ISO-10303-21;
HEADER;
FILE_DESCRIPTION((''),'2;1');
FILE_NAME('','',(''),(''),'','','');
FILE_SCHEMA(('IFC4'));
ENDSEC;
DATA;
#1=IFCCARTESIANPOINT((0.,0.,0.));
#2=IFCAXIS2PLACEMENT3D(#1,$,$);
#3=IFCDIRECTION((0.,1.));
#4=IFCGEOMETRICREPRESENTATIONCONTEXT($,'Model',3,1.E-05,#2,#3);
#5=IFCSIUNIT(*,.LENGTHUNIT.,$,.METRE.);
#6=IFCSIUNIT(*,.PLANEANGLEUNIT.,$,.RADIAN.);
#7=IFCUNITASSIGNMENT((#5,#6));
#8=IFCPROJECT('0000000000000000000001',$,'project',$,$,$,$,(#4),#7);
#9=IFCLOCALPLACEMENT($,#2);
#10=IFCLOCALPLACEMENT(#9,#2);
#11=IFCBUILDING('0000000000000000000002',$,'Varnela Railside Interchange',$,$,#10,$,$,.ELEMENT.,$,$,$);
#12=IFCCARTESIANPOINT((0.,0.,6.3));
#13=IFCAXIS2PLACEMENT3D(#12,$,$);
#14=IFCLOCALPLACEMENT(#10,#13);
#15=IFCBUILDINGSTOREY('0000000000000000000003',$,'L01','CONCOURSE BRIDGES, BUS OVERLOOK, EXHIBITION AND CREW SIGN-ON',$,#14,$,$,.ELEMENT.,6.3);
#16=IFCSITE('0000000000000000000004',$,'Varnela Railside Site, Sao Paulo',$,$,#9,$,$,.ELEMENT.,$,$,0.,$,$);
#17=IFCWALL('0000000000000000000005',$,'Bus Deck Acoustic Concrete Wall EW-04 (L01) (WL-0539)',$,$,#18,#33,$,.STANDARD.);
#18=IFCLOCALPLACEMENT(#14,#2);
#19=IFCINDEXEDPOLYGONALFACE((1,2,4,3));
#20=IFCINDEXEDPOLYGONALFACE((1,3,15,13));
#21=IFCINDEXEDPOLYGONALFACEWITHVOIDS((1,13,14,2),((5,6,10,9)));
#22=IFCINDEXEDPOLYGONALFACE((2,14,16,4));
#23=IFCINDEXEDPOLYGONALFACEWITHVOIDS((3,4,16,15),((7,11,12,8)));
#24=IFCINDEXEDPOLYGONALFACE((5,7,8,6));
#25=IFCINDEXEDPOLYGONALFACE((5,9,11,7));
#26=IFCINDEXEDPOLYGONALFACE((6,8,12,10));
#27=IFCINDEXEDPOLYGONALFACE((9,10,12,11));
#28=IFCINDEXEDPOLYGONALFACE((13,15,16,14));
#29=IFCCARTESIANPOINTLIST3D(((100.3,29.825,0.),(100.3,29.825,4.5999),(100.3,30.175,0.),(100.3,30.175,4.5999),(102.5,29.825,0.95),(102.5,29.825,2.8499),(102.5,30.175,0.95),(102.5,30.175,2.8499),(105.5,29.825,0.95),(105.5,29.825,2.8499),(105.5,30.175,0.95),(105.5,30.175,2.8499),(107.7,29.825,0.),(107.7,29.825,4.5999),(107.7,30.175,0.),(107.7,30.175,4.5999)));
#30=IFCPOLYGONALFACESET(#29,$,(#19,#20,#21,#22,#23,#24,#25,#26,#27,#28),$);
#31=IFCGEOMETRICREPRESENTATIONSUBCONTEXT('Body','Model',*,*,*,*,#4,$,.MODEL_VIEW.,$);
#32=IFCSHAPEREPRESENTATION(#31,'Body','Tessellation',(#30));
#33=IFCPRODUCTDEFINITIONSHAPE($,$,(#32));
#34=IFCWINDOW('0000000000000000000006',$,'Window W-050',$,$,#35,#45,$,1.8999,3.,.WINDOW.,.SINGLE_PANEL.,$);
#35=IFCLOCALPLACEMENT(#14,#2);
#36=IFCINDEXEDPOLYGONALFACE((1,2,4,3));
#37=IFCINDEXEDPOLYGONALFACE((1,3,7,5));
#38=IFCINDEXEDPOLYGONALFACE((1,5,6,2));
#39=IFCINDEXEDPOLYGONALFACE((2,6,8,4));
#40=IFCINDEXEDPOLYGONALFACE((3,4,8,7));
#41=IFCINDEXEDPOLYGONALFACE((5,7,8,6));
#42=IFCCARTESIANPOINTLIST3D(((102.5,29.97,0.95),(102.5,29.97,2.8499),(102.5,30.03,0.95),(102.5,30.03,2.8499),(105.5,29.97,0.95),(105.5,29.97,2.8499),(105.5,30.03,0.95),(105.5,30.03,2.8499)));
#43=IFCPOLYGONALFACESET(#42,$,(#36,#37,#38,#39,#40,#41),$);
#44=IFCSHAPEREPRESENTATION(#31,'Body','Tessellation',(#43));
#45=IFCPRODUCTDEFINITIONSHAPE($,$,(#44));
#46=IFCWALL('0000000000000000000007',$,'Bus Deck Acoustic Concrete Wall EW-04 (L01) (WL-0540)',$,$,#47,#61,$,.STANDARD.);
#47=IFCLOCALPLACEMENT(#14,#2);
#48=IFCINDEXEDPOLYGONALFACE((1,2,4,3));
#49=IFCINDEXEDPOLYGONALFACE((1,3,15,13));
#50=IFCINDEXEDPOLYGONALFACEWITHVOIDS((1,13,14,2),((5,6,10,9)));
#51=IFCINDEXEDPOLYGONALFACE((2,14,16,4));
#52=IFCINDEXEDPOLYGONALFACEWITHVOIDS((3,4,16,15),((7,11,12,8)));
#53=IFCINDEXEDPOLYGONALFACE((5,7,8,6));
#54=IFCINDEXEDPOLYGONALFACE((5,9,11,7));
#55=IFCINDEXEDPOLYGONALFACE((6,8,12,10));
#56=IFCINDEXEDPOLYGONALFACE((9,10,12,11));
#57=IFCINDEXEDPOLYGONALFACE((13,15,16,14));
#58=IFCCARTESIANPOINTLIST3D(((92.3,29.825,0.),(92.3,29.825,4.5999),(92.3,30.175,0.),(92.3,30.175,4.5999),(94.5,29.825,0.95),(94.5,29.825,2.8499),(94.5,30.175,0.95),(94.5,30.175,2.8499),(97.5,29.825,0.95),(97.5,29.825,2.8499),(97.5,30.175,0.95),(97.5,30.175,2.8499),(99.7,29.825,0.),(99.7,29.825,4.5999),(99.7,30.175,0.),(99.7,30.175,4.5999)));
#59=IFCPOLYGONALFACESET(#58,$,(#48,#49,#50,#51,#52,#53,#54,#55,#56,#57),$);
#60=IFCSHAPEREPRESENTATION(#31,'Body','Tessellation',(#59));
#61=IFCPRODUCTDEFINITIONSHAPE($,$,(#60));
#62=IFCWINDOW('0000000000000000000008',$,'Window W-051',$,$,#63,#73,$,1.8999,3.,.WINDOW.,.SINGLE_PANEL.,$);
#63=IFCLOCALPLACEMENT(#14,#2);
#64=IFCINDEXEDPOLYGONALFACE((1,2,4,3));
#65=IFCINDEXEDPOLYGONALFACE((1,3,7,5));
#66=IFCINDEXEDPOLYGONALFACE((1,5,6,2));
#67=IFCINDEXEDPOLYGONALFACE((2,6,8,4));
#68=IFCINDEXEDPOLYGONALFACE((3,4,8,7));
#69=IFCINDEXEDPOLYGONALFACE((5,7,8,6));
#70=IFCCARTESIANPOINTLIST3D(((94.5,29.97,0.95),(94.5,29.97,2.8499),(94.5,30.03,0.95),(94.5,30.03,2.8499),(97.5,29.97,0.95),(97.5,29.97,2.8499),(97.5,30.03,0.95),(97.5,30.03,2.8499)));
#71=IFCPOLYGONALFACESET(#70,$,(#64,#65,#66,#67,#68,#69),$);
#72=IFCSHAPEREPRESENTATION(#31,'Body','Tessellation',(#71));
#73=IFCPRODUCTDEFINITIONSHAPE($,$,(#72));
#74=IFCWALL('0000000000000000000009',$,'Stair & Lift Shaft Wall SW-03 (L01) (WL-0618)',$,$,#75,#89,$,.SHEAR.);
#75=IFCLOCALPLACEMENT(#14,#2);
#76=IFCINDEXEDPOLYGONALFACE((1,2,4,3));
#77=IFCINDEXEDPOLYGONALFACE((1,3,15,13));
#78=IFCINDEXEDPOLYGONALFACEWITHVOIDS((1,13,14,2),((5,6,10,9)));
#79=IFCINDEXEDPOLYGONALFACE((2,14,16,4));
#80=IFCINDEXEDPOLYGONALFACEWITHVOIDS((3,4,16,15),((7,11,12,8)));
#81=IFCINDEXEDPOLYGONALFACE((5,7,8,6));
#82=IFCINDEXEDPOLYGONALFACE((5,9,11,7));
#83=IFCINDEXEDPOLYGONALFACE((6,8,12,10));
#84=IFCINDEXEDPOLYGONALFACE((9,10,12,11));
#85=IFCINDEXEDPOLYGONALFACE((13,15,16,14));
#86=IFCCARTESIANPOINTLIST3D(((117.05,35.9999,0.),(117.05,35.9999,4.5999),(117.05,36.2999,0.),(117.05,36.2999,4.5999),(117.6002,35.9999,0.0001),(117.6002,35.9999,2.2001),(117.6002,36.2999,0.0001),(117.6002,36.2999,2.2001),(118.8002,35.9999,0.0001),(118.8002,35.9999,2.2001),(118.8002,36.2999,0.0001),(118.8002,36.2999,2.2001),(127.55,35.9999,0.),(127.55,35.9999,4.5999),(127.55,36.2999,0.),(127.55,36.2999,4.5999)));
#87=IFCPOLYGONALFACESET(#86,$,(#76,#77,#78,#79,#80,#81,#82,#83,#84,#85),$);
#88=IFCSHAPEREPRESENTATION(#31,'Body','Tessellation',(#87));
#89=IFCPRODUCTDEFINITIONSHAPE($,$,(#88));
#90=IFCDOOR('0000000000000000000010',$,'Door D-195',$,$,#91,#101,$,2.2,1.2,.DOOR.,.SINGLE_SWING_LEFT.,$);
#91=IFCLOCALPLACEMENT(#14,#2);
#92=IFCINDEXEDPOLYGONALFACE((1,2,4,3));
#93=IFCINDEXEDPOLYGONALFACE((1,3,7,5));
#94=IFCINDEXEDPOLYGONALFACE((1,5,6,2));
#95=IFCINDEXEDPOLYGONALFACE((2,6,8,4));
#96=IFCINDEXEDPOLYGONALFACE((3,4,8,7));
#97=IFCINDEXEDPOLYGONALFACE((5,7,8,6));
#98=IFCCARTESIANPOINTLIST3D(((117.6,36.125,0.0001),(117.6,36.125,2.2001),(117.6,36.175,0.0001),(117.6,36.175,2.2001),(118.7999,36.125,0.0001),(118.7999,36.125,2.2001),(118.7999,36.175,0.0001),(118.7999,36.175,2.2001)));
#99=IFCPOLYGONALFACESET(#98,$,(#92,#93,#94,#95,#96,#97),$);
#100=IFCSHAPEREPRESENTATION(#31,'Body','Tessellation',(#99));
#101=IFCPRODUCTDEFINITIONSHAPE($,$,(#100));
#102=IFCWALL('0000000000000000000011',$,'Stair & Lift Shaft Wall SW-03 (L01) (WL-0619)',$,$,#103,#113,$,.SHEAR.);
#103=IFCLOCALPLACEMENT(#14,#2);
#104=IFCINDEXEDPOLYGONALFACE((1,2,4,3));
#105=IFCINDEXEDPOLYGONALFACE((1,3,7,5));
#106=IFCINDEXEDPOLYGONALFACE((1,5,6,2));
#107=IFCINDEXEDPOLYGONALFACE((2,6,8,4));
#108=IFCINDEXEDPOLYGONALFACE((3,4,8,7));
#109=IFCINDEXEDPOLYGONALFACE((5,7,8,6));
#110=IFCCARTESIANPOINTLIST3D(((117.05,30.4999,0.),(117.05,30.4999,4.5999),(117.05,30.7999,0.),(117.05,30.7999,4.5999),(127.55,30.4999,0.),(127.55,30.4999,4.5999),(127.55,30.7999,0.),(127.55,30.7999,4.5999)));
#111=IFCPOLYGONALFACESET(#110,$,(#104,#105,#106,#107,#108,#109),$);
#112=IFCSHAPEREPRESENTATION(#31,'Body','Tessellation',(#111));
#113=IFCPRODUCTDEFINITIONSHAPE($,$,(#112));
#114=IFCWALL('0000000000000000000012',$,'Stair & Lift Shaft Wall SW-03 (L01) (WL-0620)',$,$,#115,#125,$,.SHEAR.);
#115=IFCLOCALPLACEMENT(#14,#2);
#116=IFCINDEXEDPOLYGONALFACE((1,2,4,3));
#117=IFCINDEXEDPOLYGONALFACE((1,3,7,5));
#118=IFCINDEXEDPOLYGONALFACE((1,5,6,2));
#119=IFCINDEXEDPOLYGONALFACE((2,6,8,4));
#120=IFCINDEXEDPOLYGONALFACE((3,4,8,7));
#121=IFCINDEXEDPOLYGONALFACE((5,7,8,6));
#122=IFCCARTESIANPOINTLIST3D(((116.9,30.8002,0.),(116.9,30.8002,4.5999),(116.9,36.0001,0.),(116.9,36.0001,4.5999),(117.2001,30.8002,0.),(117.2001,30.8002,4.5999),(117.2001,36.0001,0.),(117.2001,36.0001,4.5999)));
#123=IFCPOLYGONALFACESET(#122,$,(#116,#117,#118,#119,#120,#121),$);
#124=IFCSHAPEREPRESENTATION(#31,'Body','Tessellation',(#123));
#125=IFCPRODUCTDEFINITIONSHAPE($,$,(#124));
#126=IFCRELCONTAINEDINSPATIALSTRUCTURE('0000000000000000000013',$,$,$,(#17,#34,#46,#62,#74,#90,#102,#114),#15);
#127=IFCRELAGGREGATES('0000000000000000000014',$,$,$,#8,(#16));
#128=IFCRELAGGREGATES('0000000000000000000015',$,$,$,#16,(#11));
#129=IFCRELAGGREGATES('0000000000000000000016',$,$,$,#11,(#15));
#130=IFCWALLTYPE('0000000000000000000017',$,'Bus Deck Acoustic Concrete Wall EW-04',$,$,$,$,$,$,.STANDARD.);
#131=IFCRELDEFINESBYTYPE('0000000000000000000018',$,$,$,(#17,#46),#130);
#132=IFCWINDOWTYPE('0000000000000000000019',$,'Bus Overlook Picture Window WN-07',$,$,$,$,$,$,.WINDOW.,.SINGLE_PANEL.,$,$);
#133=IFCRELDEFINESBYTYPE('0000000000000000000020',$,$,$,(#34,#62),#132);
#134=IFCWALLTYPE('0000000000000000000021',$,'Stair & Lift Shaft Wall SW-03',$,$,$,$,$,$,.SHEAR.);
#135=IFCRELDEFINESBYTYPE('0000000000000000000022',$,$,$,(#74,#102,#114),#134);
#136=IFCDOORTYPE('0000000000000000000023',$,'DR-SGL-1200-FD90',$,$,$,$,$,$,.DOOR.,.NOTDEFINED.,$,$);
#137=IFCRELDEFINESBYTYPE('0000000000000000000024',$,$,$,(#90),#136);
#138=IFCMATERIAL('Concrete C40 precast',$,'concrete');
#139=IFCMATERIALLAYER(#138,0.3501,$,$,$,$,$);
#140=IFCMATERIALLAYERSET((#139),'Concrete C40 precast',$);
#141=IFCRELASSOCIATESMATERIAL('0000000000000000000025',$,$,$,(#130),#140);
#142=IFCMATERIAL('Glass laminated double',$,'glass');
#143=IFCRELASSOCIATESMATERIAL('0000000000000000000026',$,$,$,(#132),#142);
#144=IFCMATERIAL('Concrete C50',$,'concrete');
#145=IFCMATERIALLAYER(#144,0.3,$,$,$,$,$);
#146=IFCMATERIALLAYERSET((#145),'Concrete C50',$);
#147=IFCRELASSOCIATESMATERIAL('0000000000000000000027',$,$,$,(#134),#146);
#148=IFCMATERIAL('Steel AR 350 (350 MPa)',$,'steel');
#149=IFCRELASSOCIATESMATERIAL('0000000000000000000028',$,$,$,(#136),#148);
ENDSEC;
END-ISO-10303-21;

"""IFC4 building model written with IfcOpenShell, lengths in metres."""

from ifc_helpers import new_model, si_unit, direction, frame, frame_2d, origin, place, context, subcontext, project, spatial, rectangle, extrude, material, layer, layer_set, type_object, element, fill, save


model = new_model("IFC4")

# Units and contexts
model_context = context("Model", 3, precision=1e-05, world=origin(), true_north=direction((0.0, 1.0)))
body_context = subcontext(model_context, "Body", "Model", "MODEL_VIEW")
ifc_project = project(units=[si_unit("LENGTHUNIT", "METRE"), si_unit("PLANEANGLEUNIT", "RADIAN")], contexts=[model_context])

# Site, building, storey
site_placement = place(None, origin())
site = spatial("IfcSite", under=ifc_project, at=site_placement, Name="Varnela Railside Site, Sao Paulo", CompositionType="ELEMENT", RefElevation=0.0)
building_placement = place(site_placement, origin())
building = spatial("IfcBuilding", under=site, at=building_placement, Name="Varnela Railside Interchange", CompositionType="ELEMENT")
storey_placement = place(building_placement, frame((0.0, 0.0, 6.3)))
storey = spatial("IfcBuildingStorey", under=building, at=storey_placement, Name="L01", Description="CONCOURSE BRIDGES, BUS OVERLOOK, EXHIBITION AND CREW SIGN-ON", CompositionType="ELEMENT", Elevation=6.3)

# Shared definitions
ifc_material_1 = material(Name="Concrete C50", Category="concrete")
ifc_material_2 = material(Name="Steel AR 350 (350 MPa)", Category="steel")

# Shared definitions
ifc_material_3 = material(Name="Concrete C40 precast", Category="concrete")

# Walls, openings, windows
ifc_layer_1 = layer(ifc_material_3, 0.3501)
ifc_layer_set_1 = layer_set([ifc_layer_1], Name="Concrete C40 precast")
wall_type_1 = type_object("IfcWallType", Name="Bus Deck Acoustic Concrete Wall EW-04", PredefinedType="STANDARD", material=ifc_layer_set_1)
ifc_material_4 = material(Name="Glass laminated double", Category="glass")
window_type = type_object("IfcWindowType", Name="Bus Overlook Picture Window WN-07", PartitioningType="SINGLE_PANEL", PredefinedType="WINDOW", material=ifc_material_4)
wall_1_placement = place(storey_placement, frame((107.7, 30.0, 0.0), z_axis=(0.0, 0.0, 1.0), x_axis=(-1.0, 0.0, 0.0)))
wall_1 = element("IfcWall", 1, at=wall_1_placement, inside=storey, type_object=wall_type_1, Name="Bus Deck Acoustic Concrete Wall EW-04 (L01) (WL-0539)", PredefinedType="STANDARD", context=body_context, shape_type="SweptSolid", body=[
    extrude(rectangle(XDim=7.3999, YDim=0.3501, at=frame_2d((3.7, 0.0))), origin(), (0.0, 0.0, 1.0), 4.5999),
])
opening_1_placement = place(wall_1_placement, frame((2.2, 0.0, 0.95)))
opening_1 = element("IfcOpeningElement", 2, at=opening_1_placement, cuts=wall_1, PredefinedType="OPENING", context=body_context, shape_type="SweptSolid", body=[
    extrude(rectangle(XDim=3.0, YDim=1.8999, at=frame_2d((1.5, 0.95))), frame((0.0, 0.1851, 0.0), z_axis=(0.0, -1.0, 0.0), x_axis=(1.0, 0.0, 0.0)), (0.0, 0.0, 1.0), 0.3701),
])
window_1_placement = place(opening_1_placement, origin())
window_1 = element("IfcWindow", 3, at=window_1_placement, inside=storey, type_object=window_type, Name="Window W-050", OverallHeight=1.8999, OverallWidth=3.0, PartitioningType="SINGLE_PANEL", PredefinedType="WINDOW", context=body_context, shape_type="SweptSolid", body=[
    extrude(rectangle(XDim=3.0, YDim=1.8999, at=frame_2d((1.5, 0.95))), frame((0.0, 0.03, 0.0), z_axis=(0.0, -1.0, 0.0), x_axis=(1.0, 0.0, 0.0)), (0.0, 0.0, 1.0), 0.0601),
])
fill(opening_1, window_1)
wall_2_placement = place(storey_placement, frame((99.7, 30.0, 0.0), z_axis=(0.0, 0.0, 1.0), x_axis=(-1.0, 0.0, 0.0)))
wall_2 = element("IfcWall", 4, at=wall_2_placement, inside=storey, type_object=wall_type_1, Name="Bus Deck Acoustic Concrete Wall EW-04 (L01) (WL-0540)", PredefinedType="STANDARD", context=body_context, shape_type="SweptSolid", body=[
    extrude(rectangle(XDim=7.3999, YDim=0.3501, at=frame_2d((3.7, 0.0))), origin(), (0.0, 0.0, 1.0), 4.5999),
])
opening_2_placement = place(wall_2_placement, frame((2.2, 0.0, 0.95)))
opening_2 = element("IfcOpeningElement", 5, at=opening_2_placement, cuts=wall_2, PredefinedType="OPENING", context=body_context, shape_type="SweptSolid", body=[
    extrude(rectangle(XDim=3.0, YDim=1.8999, at=frame_2d((1.5, 0.95))), frame((0.0, 0.1851, 0.0), z_axis=(0.0, -1.0, 0.0), x_axis=(1.0, 0.0, 0.0)), (0.0, 0.0, 1.0), 0.3701),
])
window_2_placement = place(opening_2_placement, origin())
window_2 = element("IfcWindow", 6, at=window_2_placement, inside=storey, type_object=window_type, Name="Window W-051", OverallHeight=1.8999, OverallWidth=3.0, PartitioningType="SINGLE_PANEL", PredefinedType="WINDOW", context=body_context, shape_type="SweptSolid", body=[
    extrude(rectangle(XDim=3.0, YDim=1.8999, at=frame_2d((1.5, 0.95))), frame((0.0, 0.03, 0.0), z_axis=(0.0, -1.0, 0.0), x_axis=(1.0, 0.0, 0.0)), (0.0, 0.0, 1.0), 0.0601),
])
fill(opening_2, window_2)

# Wall, opening, door
ifc_layer_2 = layer(ifc_material_1, 0.3)
ifc_layer_set_2 = layer_set([ifc_layer_2], Name="Concrete C50")
wall_type_2 = type_object("IfcWallType", Name="Stair & Lift Shaft Wall SW-03", PredefinedType="SHEAR", material=ifc_layer_set_2)
wall_3_placement = place(storey_placement, frame((117.05, 36.1499, 0.0), z_axis=(0.0, 0.0, 1.0), x_axis=(1.0, 0.0, 0.0)))
wall_3 = element("IfcWall", 7, at=wall_3_placement, inside=storey, type_object=wall_type_2, Name="Stair & Lift Shaft Wall SW-03 (L01) (WL-0618)", PredefinedType="SHEAR", context=body_context, shape_type="SweptSolid", body=[
    extrude(rectangle(XDim=10.5, YDim=0.3, at=frame_2d((5.25, 0.0))), origin(), (0.0, 0.0, 1.0), 4.5999),
])
opening_3_placement = place(wall_3_placement, frame((0.55, 0.0, 0.0)))
opening_3 = element("IfcOpeningElement", 8, at=opening_3_placement, cuts=wall_3, PredefinedType="OPENING", context=body_context, shape_type="SweptSolid", body=[
    extrude(rectangle(XDim=1.2, YDim=2.2, at=frame_2d((0.6001, 1.1001))), frame((0.0, 0.1599, 0.0), z_axis=(0.0, -1.0, 0.0), x_axis=(1.0, 0.0, 0.0)), (0.0, 0.0, 1.0), 0.3201),
])
door_type = type_object("IfcDoorType", Name="DR-SGL-1200-FD90", OperationType="NOTDEFINED", PredefinedType="DOOR", material=ifc_material_2)
door_placement = place(opening_3_placement, frame((1.2, 0.0, 0.0), z_axis=(0.0, 0.0, 1.0), x_axis=(-1.0, 0.0, 0.0)))
door = element("IfcDoor", 9, at=door_placement, inside=storey, type_object=door_type, Name="Door D-195", OperationType="SINGLE_SWING_LEFT", OverallHeight=2.2, OverallWidth=1.2, PredefinedType="DOOR", context=body_context, shape_type="SweptSolid", body=[
    extrude(rectangle(XDim=1.2, YDim=2.2, at=frame_2d((0.6001, 1.1001))), frame((0.0, 0.0249, 0.0), z_axis=(0.0, -1.0, 0.0), x_axis=(1.0, 0.0, 0.0)), (0.0, 0.0, 1.0), 0.05),
])
fill(opening_3, door)

# Walls
wall_4_placement = place(storey_placement, frame((117.05, 30.6499, 0.0), z_axis=(0.0, 0.0, 1.0), x_axis=(1.0, 0.0, 0.0)))
element("IfcWall", 10, at=wall_4_placement, inside=storey, type_object=wall_type_2, Name="Stair & Lift Shaft Wall SW-03 (L01) (WL-0619)", PredefinedType="SHEAR", context=body_context, shape_type="SweptSolid", body=[
    extrude(rectangle(XDim=10.5, YDim=0.3, at=frame_2d((5.25, 0.0))), origin(), (0.0, 0.0, 1.0), 4.5999),
])
wall_5_placement = place(storey_placement, frame((117.05, 30.8, 0.0), z_axis=(0.0, 0.0, 1.0), x_axis=(0.0, 1.0, 0.0)))
element("IfcWall", 11, at=wall_5_placement, inside=storey, type_object=wall_type_2, Name="Stair & Lift Shaft Wall SW-03 (L01) (WL-0620)", PredefinedType="SHEAR", context=body_context, shape_type="SweptSolid", body=[
    extrude(rectangle(XDim=5.2, YDim=0.3, at=frame_2d((2.6001, 0.0))), origin(), (0.0, 0.0, 1.0), 4.5999),
])

save(model, "model.ifc")
